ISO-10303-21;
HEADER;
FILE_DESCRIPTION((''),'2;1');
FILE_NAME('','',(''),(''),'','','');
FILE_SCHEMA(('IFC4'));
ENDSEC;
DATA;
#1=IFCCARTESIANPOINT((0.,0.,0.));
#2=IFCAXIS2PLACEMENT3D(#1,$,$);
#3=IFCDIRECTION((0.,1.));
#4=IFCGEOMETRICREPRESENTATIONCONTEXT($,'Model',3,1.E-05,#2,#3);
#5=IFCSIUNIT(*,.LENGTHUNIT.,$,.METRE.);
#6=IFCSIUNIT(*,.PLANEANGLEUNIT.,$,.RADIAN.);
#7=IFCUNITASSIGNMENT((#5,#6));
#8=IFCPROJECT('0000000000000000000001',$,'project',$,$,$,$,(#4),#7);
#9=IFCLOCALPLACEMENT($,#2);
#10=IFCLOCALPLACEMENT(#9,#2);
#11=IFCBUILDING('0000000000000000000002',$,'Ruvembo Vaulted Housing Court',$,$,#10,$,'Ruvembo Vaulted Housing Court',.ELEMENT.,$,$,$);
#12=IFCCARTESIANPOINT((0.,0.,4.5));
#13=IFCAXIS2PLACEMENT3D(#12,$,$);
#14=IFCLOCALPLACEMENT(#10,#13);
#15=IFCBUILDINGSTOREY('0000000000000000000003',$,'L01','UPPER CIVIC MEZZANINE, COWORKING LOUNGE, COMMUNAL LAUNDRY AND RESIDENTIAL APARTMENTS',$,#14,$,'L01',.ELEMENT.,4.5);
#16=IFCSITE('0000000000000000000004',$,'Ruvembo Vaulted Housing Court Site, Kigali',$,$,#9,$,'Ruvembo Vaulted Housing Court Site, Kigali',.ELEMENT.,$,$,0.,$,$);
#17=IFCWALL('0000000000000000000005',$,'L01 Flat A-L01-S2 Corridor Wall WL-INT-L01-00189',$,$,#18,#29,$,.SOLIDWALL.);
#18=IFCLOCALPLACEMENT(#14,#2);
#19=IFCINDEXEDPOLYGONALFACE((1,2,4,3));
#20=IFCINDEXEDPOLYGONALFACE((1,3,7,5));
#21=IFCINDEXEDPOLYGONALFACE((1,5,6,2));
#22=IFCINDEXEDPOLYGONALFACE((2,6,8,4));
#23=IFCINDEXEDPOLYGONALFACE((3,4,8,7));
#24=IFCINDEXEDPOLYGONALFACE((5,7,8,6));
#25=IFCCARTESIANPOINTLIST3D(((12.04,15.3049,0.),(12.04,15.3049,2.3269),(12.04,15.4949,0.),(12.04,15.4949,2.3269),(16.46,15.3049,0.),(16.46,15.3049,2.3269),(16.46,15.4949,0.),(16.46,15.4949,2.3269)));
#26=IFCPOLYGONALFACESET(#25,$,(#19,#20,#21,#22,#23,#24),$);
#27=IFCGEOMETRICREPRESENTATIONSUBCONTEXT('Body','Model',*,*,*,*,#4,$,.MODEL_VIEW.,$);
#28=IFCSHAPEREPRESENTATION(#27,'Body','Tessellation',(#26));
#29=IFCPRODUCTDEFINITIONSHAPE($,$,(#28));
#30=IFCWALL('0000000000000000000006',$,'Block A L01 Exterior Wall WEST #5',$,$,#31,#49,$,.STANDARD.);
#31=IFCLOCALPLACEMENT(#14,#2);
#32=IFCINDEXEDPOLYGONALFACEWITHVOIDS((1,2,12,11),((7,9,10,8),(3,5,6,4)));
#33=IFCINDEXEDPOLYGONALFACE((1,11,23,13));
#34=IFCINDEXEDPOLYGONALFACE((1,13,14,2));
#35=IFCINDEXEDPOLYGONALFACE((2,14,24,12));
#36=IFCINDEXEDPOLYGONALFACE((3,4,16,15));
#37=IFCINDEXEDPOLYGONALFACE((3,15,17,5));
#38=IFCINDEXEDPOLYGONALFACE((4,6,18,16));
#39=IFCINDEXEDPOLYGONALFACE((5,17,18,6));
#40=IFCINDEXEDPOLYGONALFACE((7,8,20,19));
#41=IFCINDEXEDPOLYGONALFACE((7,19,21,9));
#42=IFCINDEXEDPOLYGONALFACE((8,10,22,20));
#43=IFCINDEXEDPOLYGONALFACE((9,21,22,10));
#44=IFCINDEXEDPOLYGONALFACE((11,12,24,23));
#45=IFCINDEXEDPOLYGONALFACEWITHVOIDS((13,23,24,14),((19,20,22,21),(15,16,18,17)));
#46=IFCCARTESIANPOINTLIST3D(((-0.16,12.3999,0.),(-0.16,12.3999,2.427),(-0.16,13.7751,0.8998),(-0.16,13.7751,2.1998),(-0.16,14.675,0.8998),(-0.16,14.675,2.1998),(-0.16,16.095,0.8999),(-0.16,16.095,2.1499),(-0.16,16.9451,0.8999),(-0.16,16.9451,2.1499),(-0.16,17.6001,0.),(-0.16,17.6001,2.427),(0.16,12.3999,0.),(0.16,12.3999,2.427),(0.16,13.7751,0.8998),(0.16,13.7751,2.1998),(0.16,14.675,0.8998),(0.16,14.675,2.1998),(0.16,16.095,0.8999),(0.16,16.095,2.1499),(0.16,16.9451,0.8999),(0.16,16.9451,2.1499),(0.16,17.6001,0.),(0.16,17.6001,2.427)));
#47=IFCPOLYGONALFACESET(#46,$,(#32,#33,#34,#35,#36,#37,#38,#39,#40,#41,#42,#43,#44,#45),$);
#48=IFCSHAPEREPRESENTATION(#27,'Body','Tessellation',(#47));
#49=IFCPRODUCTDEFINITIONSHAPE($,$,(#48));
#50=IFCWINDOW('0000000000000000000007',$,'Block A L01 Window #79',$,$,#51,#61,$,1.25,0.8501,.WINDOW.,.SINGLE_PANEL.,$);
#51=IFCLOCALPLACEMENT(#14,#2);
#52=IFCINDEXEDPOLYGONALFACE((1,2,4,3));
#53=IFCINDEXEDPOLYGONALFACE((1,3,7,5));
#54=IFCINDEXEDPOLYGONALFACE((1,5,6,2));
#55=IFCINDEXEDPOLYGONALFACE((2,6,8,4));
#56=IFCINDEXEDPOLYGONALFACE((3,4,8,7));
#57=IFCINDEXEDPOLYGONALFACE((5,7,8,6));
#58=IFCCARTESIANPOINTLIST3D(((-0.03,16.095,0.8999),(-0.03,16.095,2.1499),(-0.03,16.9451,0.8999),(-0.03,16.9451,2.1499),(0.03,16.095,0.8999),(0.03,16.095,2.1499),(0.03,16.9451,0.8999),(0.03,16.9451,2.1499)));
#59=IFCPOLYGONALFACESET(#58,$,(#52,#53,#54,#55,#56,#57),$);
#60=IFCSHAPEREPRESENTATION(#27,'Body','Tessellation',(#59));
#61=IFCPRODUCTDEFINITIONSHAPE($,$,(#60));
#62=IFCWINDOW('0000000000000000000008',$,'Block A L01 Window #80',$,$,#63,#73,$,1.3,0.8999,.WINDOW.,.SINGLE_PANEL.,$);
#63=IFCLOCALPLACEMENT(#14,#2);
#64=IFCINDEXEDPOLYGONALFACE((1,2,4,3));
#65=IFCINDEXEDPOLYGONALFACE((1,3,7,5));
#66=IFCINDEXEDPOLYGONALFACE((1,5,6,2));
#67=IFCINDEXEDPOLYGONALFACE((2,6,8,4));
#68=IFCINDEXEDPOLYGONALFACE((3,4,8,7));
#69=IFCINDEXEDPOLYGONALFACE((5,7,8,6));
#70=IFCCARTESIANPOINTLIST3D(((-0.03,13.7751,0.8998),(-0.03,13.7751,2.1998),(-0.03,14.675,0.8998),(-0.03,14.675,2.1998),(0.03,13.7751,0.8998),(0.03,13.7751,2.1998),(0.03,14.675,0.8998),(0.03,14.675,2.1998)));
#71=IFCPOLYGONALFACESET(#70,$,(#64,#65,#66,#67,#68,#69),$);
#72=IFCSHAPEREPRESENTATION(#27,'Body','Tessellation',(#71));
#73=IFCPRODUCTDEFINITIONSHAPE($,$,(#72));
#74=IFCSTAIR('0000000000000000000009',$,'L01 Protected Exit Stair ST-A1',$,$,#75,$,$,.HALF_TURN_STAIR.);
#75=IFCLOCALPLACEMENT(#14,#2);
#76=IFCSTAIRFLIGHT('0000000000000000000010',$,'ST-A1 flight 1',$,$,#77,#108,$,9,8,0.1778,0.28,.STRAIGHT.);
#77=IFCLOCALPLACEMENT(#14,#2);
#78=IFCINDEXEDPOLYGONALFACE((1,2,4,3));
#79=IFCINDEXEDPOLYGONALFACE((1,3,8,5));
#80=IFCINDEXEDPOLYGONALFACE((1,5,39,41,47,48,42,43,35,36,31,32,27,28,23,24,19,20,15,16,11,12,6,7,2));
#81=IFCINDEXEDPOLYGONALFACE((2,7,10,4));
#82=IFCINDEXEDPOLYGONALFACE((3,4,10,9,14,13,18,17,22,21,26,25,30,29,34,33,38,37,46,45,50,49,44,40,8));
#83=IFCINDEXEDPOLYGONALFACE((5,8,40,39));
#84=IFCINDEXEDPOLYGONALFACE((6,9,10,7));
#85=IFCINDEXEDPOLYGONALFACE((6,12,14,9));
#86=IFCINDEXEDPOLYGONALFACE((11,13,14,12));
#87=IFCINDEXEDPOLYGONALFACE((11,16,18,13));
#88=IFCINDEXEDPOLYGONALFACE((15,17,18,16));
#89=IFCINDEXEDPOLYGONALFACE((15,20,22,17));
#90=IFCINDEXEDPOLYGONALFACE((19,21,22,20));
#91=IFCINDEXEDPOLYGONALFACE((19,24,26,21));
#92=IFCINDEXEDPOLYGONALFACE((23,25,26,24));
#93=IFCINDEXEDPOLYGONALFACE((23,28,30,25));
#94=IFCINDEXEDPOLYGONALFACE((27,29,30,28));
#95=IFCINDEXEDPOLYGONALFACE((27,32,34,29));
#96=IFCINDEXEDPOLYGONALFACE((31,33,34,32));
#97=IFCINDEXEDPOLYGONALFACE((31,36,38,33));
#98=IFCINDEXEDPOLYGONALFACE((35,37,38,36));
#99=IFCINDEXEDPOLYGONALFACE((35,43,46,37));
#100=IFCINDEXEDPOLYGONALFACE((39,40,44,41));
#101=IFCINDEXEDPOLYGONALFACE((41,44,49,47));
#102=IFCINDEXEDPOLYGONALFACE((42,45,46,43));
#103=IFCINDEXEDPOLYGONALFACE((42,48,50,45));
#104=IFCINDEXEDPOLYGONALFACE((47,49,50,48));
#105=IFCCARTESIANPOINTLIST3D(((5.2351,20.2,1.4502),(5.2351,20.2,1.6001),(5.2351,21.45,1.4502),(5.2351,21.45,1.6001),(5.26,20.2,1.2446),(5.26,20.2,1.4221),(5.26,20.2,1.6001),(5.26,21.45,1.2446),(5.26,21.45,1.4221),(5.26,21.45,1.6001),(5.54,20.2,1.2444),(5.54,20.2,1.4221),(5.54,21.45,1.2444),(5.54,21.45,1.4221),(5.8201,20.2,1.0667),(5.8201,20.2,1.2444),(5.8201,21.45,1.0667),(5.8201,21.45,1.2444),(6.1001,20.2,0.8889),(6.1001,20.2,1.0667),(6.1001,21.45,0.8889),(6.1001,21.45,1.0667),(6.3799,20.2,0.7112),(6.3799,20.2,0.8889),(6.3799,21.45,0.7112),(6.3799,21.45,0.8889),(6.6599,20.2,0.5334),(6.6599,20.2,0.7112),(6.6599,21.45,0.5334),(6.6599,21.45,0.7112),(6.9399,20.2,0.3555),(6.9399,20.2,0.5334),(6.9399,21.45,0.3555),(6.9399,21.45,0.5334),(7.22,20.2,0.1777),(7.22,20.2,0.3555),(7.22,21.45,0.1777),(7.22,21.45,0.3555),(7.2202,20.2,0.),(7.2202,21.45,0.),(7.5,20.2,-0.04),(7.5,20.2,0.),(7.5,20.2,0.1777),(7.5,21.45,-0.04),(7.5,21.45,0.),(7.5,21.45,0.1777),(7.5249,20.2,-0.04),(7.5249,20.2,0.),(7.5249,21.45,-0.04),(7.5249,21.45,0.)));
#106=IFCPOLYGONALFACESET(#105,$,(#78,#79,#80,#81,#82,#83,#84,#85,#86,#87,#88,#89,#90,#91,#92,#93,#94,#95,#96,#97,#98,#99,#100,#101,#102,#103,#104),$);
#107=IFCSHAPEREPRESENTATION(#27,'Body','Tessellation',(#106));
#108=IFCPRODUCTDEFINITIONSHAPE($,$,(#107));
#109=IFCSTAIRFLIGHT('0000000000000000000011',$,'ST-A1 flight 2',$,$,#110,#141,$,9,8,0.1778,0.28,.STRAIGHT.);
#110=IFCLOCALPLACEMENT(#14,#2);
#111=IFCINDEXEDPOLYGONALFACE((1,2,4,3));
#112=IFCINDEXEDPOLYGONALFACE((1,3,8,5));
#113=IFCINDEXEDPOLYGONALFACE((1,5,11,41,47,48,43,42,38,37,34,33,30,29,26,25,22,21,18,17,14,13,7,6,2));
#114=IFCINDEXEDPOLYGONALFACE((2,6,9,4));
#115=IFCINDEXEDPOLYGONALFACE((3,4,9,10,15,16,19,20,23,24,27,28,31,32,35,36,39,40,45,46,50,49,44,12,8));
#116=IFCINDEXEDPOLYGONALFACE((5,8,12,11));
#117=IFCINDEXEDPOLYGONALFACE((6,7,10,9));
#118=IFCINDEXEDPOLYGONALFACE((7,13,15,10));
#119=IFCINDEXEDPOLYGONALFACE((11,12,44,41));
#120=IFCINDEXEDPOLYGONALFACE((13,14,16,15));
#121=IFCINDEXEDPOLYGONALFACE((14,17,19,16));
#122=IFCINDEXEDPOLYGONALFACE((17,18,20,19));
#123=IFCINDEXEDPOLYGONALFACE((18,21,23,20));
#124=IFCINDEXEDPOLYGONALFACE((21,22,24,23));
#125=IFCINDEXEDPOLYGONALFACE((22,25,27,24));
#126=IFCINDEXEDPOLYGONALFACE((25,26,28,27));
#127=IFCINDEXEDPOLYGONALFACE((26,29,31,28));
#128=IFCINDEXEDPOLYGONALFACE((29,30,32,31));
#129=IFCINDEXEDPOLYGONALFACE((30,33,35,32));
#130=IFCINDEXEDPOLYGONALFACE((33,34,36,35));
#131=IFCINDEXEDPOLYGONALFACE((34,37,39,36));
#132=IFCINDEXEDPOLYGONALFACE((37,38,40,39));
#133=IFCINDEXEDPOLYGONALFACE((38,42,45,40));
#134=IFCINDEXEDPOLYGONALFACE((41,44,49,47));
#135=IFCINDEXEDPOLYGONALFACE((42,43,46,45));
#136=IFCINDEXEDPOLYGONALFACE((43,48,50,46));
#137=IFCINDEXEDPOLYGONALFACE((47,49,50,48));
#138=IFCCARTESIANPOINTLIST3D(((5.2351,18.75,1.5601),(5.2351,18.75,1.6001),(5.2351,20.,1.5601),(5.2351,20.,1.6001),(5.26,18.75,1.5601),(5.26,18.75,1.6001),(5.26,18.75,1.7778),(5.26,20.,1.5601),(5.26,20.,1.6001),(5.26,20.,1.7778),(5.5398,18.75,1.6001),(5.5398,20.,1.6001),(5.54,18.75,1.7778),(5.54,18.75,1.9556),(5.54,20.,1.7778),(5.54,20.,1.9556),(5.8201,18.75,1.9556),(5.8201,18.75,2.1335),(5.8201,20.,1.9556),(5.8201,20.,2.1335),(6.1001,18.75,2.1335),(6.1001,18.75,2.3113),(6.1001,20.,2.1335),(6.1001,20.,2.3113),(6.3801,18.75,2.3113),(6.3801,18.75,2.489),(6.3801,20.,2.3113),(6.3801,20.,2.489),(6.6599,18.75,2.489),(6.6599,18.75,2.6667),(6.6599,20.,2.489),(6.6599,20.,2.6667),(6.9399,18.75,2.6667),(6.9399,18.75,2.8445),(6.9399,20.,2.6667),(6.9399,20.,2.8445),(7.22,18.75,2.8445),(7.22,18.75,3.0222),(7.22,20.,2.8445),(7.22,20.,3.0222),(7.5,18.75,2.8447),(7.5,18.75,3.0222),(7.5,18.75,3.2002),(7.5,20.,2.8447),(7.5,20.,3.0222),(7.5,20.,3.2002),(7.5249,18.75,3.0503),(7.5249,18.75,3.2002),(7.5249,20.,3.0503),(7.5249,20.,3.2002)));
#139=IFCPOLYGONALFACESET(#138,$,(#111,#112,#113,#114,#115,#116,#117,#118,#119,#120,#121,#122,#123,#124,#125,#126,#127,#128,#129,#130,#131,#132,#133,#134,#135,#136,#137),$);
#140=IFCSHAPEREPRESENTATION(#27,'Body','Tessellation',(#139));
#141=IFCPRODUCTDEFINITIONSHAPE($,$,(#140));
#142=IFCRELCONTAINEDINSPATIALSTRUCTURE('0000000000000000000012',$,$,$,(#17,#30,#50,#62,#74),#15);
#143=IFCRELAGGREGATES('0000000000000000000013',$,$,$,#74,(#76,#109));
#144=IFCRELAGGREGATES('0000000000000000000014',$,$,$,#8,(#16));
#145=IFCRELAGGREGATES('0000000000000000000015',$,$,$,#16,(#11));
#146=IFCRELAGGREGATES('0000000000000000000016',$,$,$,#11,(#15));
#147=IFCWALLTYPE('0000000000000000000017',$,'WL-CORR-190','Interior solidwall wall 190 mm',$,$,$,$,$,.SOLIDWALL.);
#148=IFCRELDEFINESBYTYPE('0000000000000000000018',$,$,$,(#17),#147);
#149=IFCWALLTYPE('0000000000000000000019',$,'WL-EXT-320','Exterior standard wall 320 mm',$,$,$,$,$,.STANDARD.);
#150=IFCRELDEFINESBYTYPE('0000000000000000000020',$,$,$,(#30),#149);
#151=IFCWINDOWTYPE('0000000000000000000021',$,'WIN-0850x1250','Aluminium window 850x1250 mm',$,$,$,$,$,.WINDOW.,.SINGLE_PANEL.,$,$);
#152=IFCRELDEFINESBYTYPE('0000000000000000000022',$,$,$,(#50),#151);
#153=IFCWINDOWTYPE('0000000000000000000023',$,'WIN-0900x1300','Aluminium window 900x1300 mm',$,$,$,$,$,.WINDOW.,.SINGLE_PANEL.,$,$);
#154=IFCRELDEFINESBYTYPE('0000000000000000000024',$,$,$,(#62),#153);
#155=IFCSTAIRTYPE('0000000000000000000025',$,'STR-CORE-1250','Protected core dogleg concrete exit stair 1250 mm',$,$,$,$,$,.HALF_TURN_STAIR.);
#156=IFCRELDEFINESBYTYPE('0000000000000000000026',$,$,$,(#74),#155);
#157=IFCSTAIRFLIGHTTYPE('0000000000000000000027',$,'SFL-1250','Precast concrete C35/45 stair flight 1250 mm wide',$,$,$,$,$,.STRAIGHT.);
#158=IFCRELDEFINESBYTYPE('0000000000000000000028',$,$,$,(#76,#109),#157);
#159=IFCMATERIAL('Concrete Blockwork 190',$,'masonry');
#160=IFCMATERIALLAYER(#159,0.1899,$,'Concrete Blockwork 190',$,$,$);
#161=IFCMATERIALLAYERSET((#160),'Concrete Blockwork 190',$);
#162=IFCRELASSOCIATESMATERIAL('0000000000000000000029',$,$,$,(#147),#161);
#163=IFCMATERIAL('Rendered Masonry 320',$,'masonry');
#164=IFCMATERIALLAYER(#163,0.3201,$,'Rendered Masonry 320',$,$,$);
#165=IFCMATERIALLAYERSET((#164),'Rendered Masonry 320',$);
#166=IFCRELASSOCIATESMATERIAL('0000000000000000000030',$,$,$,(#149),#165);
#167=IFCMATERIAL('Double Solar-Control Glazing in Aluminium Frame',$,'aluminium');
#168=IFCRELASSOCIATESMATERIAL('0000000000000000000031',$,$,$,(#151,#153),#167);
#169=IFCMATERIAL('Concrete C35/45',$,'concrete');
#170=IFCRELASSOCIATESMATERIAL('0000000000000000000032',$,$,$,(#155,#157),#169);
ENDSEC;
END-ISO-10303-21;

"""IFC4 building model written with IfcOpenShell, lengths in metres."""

from ifc_helpers import new_model, si_unit, direction, frame, frame_2d, origin, place, context, subcontext, project, spatial, polyline, rectangle, outline, extrude, material, layer, layer_set, type_object, element, fill, aggregate, save


model = new_model("IFC4")

# Units and contexts
model_context = context("Model", 3, precision=1e-05, world=origin(), true_north=direction((0.0, 1.0)))
body_context = subcontext(model_context, "Body", "Model", "MODEL_VIEW")
ifc_project = project(units=[si_unit("LENGTHUNIT", "METRE"), si_unit("PLANEANGLEUNIT", "RADIAN")], contexts=[model_context])

# Site, building, storey
site_placement = place(None, origin())
site = spatial("IfcSite", under=ifc_project, at=site_placement, Name="Ruvembo Vaulted Housing Court Site, Kigali", LongName="Ruvembo Vaulted Housing Court Site, Kigali", CompositionType="ELEMENT", RefElevation=0.0)
building_placement = place(site_placement, origin())
building = spatial("IfcBuilding", under=site, at=building_placement, Name="Ruvembo Vaulted Housing Court", LongName="Ruvembo Vaulted Housing Court", CompositionType="ELEMENT")
storey_placement = place(building_placement, frame((0.0, 0.0, 4.5)))
storey = spatial("IfcBuildingStorey", under=building, at=storey_placement, Name="L01", Description="UPPER CIVIC MEZZANINE, COWORKING LOUNGE, COMMUNAL LAUNDRY AND RESIDENTIAL APARTMENTS", LongName="L01", CompositionType="ELEMENT", Elevation=4.5)

# Shared definitions
ifc_material_1 = material(Name="Concrete C35/45", Category="concrete")

# Wall
ifc_material_2 = material(Name="Concrete Blockwork 190", Category="masonry")
ifc_layer_1 = layer(ifc_material_2, 0.1899, Name="Concrete Blockwork 190")
ifc_layer_set_1 = layer_set([ifc_layer_1], Name="Concrete Blockwork 190")
wall_type_1 = type_object("IfcWallType", Name="WL-CORR-190", Description="Interior solidwall wall 190 mm", PredefinedType="SOLIDWALL", material=ifc_layer_set_1)
wall_1_placement = place(storey_placement, frame((12.04, 15.3999, 0.0), z_axis=(0.0, 0.0, 1.0), x_axis=(1.0, 0.0, 0.0)))
element("IfcWall", 1, at=wall_1_placement, inside=storey, type_object=wall_type_1, Name="L01 Flat A-L01-S2 Corridor Wall WL-INT-L01-00189", PredefinedType="SOLIDWALL", context=body_context, shape_type="SweptSolid", body=[
    extrude(rectangle(XDim=4.4199, YDim=0.1899, at=frame_2d((2.21, 0.0))), origin(), (0.0, 0.0, 1.0), 2.3269),
])

# Wall, openings, windows
ifc_material_3 = material(Name="Rendered Masonry 320", Category="masonry")
ifc_layer_2 = layer(ifc_material_3, 0.3201, Name="Rendered Masonry 320")
ifc_layer_set_2 = layer_set([ifc_layer_2], Name="Rendered Masonry 320")
wall_type_2 = type_object("IfcWallType", Name="WL-EXT-320", Description="Exterior standard wall 320 mm", PredefinedType="STANDARD", material=ifc_layer_set_2)
wall_2_placement = place(storey_placement, frame((0.0, 17.6001, 0.0), z_axis=(0.0, 0.0, 1.0), x_axis=(0.0, -1.0, 0.0)))
wall_2 = element("IfcWall", 2, at=wall_2_placement, inside=storey, type_object=wall_type_2, Name="Block A L01 Exterior Wall WEST #5", PredefinedType="STANDARD", context=body_context, shape_type="SweptSolid", body=[
    extrude(rectangle(XDim=5.2002, YDim=0.3201, at=frame_2d((2.6001, 0.0))), origin(), (0.0, 0.0, 1.0), 2.427),
])
opening_1_placement = place(wall_2_placement, frame((0.655, 0.0, 0.8999)))
opening_1 = element("IfcOpeningElement", 3, at=opening_1_placement, cuts=wall_2, PredefinedType="OPENING", context=body_context, shape_type="SweptSolid", body=[
    extrude(rectangle(XDim=0.8501, YDim=1.25, at=frame_2d((0.425, 0.625))), frame((0.0, 0.1699, 0.0), z_axis=(0.0, -1.0, 0.0), x_axis=(1.0, 0.0, 0.0)), (0.0, 0.0, 1.0), 0.3401),
])
opening_2_placement = place(wall_2_placement, frame((2.925, 0.0, 0.8999)))
opening_2 = element("IfcOpeningElement", 4, at=opening_2_placement, cuts=wall_2, PredefinedType="OPENING", context=body_context, shape_type="SweptSolid", body=[
    extrude(rectangle(XDim=0.8999, YDim=1.3, at=frame_2d((0.45, 0.6499))), frame((0.0, 0.1699, 0.0), z_axis=(0.0, -1.0, 0.0), x_axis=(1.0, 0.0, 0.0)), (0.0, 0.0, 1.0), 0.3401),
])
ifc_material_4 = material(Name="Double Solar-Control Glazing in Aluminium Frame", Category="aluminium")
window_type_1 = type_object("IfcWindowType", Name="WIN-0850x1250", Description="Aluminium window 850x1250 mm", PartitioningType="SINGLE_PANEL", PredefinedType="WINDOW", material=ifc_material_4)
window_1_placement = place(opening_1_placement, origin())
window_1 = element("IfcWindow", 5, at=window_1_placement, inside=storey, type_object=window_type_1, Name="Block A L01 Window #79", OverallHeight=1.25, OverallWidth=0.8501, PartitioningType="SINGLE_PANEL", PredefinedType="WINDOW", context=body_context, shape_type="SweptSolid", body=[
    extrude(rectangle(XDim=0.8501, YDim=1.25, at=frame_2d((0.425, 0.625))), frame((0.0, 0.03, 0.0), z_axis=(0.0, -1.0, 0.0), x_axis=(1.0, 0.0, 0.0)), (0.0, 0.0, 1.0), 0.0601),
])
fill(opening_1, window_1)
window_type_2 = type_object("IfcWindowType", Name="WIN-0900x1300", Description="Aluminium window 900x1300 mm", PartitioningType="SINGLE_PANEL", PredefinedType="WINDOW", material=ifc_material_4)
window_2_placement = place(opening_2_placement, origin())
window_2 = element("IfcWindow", 6, at=window_2_placement, inside=storey, type_object=window_type_2, Name="Block A L01 Window #80", OverallHeight=1.3, OverallWidth=0.8999, PartitioningType="SINGLE_PANEL", PredefinedType="WINDOW", context=body_context, shape_type="SweptSolid", body=[
    extrude(rectangle(XDim=0.8999, YDim=1.3, at=frame_2d((0.45, 0.6499))), frame((0.0, 0.03, 0.0), z_axis=(0.0, -1.0, 0.0), x_axis=(1.0, 0.0, 0.0)), (0.0, 0.0, 1.0), 0.0601),
])
fill(opening_2, window_2)

# Stair, stair flights
stair_type = type_object("IfcStairType", Name="STR-CORE-1250", Description="Protected core dogleg concrete exit stair 1250 mm", PredefinedType="HALF_TURN_STAIR", material=ifc_material_1)
stair_placement = place(storey_placement, origin())
stair = element("IfcStair", 7, at=stair_placement, inside=storey, type_object=stair_type, Name="L01 Protected Exit Stair ST-A1", PredefinedType="HALF_TURN_STAIR")
stair_flight_type = type_object("IfcStairFlightType", Name="SFL-1250", Description="Precast concrete C35/45 stair flight 1250 mm wide", PredefinedType="STRAIGHT", material=ifc_material_1)
stair_flight_1_placement = place(storey_placement, frame((7.5, 20.825, 0.0), z_axis=(0.0, 0.0, 1.0), x_axis=(-1.0, 0.0, 0.0)))
stair_flight_1 = element("IfcStairFlight", 8, at=stair_flight_1_placement, type_object=stair_flight_type, Name="ST-A1 flight 1", NumberOfRisers=9, NumberOfTreads=8, PredefinedType="STRAIGHT", RiserHeight=0.1778, TreadLength=0.28, context=body_context, shape_type="SweptSolid", body=[
    extrude(outline(polyline([(-0.0249, -0.04), (-0.0249, 0.0), (0.0, 0.0), (0.0, 0.1777), (0.28, 0.1777), (0.28, 0.3555), (0.5601, 0.3555), (0.5601, 0.5334), (0.8401, 0.5334), (0.8401, 0.7112), (1.1201, 0.7112), (1.1201, 0.8889), (1.3999, 0.8889), (1.3999, 1.0667), (1.6799, 1.0667), (1.6799, 1.2444), (1.96, 1.2444), (1.96, 1.4221), (2.24, 1.4221), (2.24, 1.6001), (2.2649, 1.6001), (2.2649, 1.4502), (2.24, 1.2446), (0.2798, 0.0), (0.0, -0.04), (-0.0249, -0.04)])), frame((0.0, 0.625, 0.0), z_axis=(0.0, -1.0, 0.0), x_axis=(1.0, 0.0, 0.0)), (0.0, 0.0, 1.0), 1.25),
])
stair_flight_2_placement = place(storey_placement, frame((5.26, 19.375, 1.6001), z_axis=(0.0, 0.0, 1.0), x_axis=(1.0, 0.0, 0.0)))
stair_flight_2 = element("IfcStairFlight", 9, at=stair_flight_2_placement, type_object=stair_flight_type, Name="ST-A1 flight 2", NumberOfRisers=9, NumberOfTreads=8, PredefinedType="STRAIGHT", RiserHeight=0.1778, TreadLength=0.28, context=body_context, shape_type="SweptSolid", body=[
    extrude(outline(polyline([(-0.0249, -0.04), (-0.0249, 0.0), (0.0, 0.0), (0.0, 0.1777), (0.28, 0.1777), (0.28, 0.3555), (0.5601, 0.3555), (0.5601, 0.5334), (0.8401, 0.5334), (0.8401, 0.7112), (1.1201, 0.7112), (1.1201, 0.8889), (1.3999, 0.8889), (1.3999, 1.0667), (1.6799, 1.0667), (1.6799, 1.2444), (1.96, 1.2444), (1.96, 1.4221), (2.24, 1.4221), (2.24, 1.6001), (2.2649, 1.6001), (2.2649, 1.4502), (2.24, 1.2446), (0.2798, 0.0), (0.0, -0.04), (-0.0249, -0.04)])), frame((0.0, 0.625, 0.0), z_axis=(0.0, -1.0, 0.0), x_axis=(1.0, 0.0, 0.0)), (0.0, 0.0, 1.0), 1.25),
])
aggregate(stair, [stair_flight_1, stair_flight_2])

save(model, "model.ifc")
